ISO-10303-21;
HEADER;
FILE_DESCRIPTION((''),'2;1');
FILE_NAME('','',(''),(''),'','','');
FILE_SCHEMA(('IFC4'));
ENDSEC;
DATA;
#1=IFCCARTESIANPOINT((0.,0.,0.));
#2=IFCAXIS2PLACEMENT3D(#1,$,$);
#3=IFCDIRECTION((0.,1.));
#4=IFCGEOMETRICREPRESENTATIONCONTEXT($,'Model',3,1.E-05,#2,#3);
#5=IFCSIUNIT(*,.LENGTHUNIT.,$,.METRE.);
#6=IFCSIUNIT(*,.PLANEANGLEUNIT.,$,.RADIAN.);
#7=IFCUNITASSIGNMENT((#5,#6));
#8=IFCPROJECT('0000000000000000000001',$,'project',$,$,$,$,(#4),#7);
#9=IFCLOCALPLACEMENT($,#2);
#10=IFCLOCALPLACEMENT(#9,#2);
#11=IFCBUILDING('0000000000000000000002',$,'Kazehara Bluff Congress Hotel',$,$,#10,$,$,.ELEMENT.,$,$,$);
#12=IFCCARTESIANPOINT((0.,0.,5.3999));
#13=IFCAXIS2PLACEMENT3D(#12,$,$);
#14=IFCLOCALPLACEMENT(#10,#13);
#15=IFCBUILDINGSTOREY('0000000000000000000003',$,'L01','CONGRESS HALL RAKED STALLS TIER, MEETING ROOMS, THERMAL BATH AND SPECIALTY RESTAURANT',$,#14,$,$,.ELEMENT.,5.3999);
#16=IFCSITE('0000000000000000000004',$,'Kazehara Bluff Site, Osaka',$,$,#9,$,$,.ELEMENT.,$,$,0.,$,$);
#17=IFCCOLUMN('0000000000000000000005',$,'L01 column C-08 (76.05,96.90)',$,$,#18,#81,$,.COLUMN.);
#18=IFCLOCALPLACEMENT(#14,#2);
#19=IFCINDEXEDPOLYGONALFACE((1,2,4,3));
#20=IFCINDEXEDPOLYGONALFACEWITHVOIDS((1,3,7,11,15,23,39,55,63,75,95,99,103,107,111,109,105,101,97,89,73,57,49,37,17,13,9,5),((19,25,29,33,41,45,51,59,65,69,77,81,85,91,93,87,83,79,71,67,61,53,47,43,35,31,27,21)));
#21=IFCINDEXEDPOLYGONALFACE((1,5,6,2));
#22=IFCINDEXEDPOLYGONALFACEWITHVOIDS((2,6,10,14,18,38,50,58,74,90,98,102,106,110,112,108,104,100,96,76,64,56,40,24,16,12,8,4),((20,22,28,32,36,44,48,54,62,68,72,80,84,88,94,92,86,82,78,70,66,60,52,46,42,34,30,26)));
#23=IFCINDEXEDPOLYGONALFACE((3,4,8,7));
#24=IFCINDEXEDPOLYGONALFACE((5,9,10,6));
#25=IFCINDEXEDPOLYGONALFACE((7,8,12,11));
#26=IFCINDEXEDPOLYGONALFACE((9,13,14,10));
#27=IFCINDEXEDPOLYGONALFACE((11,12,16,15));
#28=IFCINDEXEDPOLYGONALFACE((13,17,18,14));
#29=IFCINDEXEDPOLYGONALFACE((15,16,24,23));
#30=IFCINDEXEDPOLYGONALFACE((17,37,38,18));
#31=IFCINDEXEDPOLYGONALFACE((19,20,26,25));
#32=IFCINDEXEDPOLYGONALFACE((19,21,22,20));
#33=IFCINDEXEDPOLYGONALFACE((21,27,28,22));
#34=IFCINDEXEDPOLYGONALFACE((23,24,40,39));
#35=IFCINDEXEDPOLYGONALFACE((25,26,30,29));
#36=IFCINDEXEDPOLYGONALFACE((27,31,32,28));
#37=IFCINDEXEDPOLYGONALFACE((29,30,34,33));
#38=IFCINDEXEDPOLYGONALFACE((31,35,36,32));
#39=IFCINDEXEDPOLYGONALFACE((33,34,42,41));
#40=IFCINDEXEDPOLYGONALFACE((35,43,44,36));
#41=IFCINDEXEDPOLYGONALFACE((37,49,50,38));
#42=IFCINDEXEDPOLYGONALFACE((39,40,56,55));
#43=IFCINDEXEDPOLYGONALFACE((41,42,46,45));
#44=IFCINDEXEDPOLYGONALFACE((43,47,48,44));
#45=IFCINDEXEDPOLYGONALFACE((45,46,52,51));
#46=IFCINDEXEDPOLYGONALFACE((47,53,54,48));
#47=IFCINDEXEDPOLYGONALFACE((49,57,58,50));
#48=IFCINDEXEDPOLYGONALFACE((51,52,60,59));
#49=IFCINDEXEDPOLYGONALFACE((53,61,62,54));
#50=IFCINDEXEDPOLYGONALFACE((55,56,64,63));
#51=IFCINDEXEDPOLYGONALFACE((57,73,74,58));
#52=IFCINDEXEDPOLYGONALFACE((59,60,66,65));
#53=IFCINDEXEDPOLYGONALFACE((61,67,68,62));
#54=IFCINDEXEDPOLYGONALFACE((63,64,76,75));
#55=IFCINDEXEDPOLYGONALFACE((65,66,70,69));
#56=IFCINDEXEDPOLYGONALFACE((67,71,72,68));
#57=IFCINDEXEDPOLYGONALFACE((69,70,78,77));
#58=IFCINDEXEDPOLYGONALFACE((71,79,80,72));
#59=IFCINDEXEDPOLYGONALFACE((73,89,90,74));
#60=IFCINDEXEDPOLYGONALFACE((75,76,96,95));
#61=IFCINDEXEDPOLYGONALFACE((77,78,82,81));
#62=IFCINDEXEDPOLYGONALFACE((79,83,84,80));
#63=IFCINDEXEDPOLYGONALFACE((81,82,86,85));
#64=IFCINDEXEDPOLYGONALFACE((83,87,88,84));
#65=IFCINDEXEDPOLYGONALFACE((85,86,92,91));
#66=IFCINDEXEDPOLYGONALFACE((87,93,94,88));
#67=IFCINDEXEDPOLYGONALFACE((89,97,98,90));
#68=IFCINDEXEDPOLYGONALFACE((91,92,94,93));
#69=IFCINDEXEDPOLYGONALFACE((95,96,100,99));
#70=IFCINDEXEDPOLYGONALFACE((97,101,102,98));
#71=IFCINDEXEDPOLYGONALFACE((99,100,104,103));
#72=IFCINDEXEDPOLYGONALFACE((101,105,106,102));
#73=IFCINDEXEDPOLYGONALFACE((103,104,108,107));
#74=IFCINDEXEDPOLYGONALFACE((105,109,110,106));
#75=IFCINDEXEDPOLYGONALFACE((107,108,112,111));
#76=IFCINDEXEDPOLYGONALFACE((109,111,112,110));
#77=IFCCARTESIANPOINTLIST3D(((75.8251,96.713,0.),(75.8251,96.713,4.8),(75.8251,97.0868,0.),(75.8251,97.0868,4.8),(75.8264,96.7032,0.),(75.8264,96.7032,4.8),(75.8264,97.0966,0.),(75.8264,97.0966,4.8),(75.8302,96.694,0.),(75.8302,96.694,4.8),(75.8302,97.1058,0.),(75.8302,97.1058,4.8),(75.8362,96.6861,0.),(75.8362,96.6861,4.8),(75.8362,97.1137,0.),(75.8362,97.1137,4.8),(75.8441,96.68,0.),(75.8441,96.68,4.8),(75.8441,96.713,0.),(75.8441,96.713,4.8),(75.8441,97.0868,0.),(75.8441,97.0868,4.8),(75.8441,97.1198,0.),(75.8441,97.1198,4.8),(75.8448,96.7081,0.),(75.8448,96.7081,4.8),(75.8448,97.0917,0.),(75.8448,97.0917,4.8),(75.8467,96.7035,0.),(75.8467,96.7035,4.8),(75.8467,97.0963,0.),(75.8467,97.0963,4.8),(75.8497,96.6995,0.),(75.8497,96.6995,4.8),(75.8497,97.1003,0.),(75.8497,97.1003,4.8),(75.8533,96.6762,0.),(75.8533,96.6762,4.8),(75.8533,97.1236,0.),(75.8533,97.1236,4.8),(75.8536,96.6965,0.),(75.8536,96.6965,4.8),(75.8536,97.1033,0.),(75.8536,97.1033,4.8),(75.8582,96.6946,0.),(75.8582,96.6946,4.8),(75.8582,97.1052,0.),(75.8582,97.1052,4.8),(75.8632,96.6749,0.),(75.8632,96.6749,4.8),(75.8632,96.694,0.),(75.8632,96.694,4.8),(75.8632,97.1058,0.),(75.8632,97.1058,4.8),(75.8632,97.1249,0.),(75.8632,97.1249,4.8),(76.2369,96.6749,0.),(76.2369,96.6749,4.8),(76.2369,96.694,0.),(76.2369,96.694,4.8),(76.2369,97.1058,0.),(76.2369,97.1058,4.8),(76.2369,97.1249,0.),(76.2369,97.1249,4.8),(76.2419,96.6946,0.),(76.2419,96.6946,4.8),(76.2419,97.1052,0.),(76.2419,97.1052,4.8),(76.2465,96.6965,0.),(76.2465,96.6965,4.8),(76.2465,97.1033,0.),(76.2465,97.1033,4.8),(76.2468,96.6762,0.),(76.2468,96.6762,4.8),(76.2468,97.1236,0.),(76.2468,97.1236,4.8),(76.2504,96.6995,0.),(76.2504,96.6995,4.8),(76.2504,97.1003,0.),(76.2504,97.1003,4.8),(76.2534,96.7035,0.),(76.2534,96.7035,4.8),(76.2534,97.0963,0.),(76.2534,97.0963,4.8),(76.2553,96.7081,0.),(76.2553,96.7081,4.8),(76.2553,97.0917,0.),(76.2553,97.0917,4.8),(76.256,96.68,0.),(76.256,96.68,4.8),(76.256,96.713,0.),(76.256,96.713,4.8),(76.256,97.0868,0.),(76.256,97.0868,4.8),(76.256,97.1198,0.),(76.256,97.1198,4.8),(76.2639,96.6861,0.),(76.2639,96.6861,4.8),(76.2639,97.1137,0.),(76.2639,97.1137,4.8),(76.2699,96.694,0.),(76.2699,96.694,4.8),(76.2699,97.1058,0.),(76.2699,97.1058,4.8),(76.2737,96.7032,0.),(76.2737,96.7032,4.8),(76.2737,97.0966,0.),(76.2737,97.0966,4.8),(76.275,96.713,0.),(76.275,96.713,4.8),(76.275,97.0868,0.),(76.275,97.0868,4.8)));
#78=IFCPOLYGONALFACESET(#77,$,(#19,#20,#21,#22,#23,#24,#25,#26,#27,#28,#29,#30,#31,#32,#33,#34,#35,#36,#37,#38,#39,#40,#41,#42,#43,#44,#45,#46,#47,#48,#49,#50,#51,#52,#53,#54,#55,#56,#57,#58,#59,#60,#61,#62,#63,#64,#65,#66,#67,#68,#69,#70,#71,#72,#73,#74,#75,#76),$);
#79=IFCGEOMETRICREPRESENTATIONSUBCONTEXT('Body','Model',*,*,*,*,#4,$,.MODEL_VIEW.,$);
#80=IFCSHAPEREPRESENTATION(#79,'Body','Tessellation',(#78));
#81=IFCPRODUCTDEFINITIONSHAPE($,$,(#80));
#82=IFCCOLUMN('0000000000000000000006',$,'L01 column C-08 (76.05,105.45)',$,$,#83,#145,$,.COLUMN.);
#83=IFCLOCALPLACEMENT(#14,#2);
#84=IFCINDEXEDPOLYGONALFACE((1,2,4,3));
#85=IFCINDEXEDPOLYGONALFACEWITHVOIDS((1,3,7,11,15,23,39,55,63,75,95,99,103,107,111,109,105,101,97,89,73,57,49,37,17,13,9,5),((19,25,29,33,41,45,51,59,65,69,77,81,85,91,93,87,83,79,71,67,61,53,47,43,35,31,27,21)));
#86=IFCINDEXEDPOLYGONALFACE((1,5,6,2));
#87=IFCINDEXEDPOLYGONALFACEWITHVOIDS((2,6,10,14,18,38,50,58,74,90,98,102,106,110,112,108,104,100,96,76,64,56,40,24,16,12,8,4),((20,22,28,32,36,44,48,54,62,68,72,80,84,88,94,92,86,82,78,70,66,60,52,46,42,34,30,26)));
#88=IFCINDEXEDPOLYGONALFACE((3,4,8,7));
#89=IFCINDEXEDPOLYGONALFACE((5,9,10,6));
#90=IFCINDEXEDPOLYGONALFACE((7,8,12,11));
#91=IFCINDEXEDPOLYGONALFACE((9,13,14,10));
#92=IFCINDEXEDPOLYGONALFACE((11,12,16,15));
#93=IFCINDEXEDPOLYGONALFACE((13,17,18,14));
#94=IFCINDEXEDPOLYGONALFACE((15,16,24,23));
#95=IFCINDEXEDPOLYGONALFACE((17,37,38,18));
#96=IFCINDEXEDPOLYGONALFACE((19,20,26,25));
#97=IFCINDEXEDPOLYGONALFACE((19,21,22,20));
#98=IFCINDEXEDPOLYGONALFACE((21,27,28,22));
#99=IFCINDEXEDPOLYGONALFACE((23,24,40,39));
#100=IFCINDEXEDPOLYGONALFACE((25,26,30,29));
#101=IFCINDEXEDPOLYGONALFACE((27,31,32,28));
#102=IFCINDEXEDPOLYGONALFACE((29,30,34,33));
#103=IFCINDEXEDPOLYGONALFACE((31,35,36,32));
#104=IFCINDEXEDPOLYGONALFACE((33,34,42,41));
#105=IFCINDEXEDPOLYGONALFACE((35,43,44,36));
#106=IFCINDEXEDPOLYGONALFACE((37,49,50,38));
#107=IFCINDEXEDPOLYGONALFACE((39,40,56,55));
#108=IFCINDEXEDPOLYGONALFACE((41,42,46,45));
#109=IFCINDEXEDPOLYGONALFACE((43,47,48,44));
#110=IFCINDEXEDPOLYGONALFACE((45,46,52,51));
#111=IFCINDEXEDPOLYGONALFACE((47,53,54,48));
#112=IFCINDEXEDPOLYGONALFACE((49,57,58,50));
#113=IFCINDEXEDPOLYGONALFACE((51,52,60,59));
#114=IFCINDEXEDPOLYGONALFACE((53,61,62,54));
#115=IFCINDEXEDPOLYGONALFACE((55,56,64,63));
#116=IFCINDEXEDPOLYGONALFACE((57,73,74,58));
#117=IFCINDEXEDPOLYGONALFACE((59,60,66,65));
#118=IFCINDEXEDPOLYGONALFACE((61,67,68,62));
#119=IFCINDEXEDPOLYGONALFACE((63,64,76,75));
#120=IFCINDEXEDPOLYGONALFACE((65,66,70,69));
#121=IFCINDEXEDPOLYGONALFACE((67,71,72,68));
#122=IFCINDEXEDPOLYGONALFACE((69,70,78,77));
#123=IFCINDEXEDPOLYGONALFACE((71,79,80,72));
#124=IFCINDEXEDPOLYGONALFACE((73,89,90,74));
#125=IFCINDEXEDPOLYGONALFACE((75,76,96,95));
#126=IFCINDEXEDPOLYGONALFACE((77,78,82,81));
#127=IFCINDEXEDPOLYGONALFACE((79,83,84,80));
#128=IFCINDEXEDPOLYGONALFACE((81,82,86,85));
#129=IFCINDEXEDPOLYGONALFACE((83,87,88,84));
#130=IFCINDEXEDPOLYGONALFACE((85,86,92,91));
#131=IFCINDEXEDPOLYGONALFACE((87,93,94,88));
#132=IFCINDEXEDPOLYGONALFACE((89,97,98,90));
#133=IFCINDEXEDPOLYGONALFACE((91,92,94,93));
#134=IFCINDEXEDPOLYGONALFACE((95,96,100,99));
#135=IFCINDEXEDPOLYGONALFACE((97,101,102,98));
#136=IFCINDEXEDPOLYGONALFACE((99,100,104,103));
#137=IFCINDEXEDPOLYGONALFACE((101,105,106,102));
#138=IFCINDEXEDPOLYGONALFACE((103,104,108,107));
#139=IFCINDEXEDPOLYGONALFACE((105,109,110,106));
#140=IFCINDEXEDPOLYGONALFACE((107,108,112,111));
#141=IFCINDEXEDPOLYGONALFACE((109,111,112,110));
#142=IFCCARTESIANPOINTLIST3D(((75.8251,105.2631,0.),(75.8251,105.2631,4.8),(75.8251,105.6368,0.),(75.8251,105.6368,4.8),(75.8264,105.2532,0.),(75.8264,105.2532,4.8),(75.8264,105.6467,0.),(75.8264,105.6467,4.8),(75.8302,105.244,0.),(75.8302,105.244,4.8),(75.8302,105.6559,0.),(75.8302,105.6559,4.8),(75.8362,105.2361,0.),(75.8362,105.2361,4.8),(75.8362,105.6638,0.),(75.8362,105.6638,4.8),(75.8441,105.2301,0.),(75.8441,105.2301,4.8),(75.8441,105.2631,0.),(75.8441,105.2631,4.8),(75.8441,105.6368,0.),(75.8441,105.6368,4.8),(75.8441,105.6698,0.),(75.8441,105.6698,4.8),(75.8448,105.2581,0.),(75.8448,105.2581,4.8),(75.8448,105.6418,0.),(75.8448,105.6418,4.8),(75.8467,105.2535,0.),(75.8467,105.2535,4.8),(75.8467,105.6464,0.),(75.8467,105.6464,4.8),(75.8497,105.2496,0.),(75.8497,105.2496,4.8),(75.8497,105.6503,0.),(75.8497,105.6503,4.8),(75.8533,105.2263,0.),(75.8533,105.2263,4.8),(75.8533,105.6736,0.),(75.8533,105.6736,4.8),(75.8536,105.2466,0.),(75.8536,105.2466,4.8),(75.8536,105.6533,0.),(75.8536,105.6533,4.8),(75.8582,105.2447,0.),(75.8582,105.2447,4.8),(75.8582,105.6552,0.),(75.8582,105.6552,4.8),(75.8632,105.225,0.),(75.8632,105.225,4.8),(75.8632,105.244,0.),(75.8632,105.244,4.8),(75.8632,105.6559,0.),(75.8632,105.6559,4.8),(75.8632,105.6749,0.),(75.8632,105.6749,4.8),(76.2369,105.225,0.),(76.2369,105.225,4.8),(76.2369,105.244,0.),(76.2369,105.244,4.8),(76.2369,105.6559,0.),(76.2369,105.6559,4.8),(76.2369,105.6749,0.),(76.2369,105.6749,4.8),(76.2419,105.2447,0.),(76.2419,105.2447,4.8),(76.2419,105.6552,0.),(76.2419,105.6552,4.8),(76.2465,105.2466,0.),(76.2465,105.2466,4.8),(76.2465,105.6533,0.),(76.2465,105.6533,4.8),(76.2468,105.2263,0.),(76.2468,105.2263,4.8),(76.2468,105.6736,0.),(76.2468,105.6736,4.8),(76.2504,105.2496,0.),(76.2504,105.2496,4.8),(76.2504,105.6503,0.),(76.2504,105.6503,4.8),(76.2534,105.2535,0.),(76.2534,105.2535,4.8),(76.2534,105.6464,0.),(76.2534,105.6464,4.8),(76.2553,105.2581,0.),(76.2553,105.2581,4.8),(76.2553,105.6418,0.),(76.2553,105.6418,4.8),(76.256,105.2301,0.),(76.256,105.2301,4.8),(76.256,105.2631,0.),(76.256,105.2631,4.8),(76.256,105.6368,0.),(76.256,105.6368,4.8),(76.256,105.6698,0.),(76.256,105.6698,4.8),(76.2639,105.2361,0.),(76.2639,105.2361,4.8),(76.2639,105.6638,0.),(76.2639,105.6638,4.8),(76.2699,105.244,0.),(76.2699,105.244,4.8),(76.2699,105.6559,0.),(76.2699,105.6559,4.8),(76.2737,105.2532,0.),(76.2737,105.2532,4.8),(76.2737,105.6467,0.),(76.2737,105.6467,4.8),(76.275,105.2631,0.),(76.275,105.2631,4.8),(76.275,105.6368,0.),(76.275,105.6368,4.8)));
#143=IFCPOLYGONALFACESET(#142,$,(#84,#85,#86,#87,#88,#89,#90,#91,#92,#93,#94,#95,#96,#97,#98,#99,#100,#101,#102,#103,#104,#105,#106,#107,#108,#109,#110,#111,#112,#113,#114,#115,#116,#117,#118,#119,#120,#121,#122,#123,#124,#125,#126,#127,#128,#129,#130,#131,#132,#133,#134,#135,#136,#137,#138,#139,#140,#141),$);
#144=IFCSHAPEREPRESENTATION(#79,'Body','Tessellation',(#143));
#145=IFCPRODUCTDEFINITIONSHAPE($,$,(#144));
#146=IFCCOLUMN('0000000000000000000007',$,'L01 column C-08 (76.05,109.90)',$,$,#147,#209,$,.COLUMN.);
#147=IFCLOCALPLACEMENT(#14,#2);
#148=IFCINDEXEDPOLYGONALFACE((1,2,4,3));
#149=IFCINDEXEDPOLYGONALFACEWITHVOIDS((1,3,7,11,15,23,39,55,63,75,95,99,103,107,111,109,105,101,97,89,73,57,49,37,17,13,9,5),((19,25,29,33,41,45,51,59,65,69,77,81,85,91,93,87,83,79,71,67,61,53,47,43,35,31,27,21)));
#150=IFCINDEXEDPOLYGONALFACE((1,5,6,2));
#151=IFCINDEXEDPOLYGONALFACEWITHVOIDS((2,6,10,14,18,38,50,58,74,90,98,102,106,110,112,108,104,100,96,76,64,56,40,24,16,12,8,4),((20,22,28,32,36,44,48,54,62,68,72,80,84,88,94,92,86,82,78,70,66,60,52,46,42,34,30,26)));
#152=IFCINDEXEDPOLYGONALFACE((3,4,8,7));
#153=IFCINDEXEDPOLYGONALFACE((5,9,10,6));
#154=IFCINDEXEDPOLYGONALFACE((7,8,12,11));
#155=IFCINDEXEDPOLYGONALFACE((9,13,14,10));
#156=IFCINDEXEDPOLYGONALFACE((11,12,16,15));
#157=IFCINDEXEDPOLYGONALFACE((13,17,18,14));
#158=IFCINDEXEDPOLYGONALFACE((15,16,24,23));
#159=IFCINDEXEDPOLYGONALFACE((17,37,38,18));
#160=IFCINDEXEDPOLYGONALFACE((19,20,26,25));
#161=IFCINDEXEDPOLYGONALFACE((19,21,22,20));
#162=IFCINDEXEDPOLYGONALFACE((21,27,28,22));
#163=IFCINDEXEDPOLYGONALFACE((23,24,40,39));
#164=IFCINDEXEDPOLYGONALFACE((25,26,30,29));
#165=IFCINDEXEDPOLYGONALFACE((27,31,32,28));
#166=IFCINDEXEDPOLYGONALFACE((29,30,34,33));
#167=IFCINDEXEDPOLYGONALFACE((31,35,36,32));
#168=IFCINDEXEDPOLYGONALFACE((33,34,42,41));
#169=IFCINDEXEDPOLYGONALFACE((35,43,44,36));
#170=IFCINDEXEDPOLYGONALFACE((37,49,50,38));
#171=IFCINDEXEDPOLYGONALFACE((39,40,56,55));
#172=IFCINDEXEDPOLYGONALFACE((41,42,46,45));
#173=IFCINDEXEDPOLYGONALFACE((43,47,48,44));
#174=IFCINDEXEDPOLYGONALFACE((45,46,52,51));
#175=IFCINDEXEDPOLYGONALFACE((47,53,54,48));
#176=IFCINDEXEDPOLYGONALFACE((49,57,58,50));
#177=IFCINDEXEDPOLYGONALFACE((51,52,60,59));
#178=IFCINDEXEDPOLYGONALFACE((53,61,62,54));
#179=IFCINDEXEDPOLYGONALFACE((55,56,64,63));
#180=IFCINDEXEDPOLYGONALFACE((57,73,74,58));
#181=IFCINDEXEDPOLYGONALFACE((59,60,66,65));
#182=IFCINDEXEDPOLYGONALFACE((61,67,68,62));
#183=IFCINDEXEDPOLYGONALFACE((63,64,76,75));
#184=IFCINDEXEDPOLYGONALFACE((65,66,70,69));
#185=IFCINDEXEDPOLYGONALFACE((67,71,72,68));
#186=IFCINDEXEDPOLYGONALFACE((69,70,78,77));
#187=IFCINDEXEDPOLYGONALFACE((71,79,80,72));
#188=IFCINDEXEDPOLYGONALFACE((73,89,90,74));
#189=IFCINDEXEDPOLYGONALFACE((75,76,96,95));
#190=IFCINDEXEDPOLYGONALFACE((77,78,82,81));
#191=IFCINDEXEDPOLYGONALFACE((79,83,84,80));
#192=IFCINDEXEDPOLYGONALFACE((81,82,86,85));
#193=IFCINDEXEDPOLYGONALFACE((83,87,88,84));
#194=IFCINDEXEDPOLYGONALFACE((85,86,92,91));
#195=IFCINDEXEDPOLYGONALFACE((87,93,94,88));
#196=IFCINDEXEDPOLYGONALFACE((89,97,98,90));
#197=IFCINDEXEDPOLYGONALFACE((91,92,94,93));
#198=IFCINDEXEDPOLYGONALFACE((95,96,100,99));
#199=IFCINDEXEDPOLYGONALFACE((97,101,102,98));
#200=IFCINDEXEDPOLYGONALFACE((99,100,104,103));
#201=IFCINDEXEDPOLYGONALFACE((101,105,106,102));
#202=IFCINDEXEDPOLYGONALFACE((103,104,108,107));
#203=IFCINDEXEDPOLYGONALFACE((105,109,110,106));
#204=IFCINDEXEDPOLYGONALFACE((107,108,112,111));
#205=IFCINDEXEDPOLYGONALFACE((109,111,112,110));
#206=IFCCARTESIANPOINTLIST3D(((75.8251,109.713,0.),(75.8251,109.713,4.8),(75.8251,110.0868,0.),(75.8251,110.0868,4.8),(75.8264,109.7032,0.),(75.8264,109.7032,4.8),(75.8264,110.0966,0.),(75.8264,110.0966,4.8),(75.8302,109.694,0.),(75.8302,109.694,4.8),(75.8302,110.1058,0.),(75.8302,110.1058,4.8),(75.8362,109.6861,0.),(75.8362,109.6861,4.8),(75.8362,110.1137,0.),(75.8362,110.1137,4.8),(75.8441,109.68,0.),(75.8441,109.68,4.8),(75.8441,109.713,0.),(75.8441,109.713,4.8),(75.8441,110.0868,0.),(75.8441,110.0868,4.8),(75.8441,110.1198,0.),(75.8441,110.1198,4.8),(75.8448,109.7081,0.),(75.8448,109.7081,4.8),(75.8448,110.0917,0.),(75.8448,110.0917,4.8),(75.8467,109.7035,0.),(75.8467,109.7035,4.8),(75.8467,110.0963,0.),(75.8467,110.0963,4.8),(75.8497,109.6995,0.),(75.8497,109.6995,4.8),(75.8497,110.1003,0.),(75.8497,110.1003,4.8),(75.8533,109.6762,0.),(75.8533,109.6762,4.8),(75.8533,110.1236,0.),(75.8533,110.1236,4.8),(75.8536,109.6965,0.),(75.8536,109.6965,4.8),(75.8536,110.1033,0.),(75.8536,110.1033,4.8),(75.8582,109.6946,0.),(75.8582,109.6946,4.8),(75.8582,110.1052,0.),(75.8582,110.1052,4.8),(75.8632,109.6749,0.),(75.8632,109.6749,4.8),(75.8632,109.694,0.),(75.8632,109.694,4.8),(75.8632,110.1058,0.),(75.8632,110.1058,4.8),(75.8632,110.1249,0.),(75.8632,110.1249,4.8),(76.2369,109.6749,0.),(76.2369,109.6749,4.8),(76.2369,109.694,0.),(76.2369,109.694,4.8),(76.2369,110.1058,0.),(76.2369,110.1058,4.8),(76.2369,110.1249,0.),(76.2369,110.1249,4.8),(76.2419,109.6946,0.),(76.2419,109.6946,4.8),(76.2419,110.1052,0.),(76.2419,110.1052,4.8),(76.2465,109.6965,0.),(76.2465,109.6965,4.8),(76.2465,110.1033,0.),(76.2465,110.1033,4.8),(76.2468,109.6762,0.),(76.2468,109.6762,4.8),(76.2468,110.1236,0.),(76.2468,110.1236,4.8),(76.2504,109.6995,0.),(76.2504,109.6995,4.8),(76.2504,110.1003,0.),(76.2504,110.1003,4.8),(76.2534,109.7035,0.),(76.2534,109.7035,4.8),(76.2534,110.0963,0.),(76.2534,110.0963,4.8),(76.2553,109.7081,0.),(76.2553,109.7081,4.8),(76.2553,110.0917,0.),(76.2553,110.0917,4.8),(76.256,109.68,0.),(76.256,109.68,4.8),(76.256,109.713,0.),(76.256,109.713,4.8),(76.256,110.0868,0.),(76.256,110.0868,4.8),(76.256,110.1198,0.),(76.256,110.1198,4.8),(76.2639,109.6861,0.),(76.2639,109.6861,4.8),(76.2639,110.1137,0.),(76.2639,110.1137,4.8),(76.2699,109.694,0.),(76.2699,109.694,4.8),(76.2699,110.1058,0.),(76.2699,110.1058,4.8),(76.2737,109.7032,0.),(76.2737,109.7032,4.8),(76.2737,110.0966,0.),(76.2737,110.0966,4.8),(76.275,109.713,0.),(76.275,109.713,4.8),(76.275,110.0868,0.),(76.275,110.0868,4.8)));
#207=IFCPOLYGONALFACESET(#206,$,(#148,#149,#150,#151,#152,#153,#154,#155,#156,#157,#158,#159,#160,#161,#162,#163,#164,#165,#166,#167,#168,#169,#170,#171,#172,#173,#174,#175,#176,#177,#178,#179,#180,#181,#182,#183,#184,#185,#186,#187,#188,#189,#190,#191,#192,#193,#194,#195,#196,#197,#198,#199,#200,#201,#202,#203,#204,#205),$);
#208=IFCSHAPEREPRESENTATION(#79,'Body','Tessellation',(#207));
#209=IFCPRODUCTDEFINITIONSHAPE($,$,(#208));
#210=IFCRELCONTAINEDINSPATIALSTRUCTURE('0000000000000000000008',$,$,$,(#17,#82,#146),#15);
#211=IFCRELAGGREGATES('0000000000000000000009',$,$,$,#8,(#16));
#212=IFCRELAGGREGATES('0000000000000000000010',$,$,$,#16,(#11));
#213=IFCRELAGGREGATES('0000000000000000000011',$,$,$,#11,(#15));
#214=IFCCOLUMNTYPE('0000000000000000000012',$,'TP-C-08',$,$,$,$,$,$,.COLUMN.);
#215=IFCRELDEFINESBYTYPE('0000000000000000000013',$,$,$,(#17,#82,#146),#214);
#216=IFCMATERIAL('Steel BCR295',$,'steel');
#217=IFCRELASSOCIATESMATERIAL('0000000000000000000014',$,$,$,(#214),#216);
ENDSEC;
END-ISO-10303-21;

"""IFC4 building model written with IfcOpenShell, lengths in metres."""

from ifc_helpers import new_model, si_unit, direction, frame, origin, origin_2d, place, context, subcontext, project, spatial, hollow_rectangle, extrude, material, material_profile, profile_set, type_object, element, save


model = new_model("IFC4")

# Units and contexts
model_context = context("Model", 3, precision=1e-05, world=origin(), true_north=direction((0.0, 1.0)))
body_context = subcontext(model_context, "Body", "Model", "MODEL_VIEW")
ifc_project = project(units=[si_unit("LENGTHUNIT", "METRE"), si_unit("PLANEANGLEUNIT", "RADIAN")], contexts=[model_context])

# Site, building, storey
site_placement = place(None, origin())
site = spatial("IfcSite", under=ifc_project, at=site_placement, Name="Kazehara Bluff Site, Osaka", CompositionType="ELEMENT", RefElevation=0.0)
building_placement = place(site_placement, origin())
building = spatial("IfcBuilding", under=site, at=building_placement, Name="Kazehara Bluff Congress Hotel", CompositionType="ELEMENT")
storey_placement = place(building_placement, frame((0.0, 0.0, 5.3999)))
storey = spatial("IfcBuildingStorey", under=building, at=storey_placement, Name="L01", Description="CONGRESS HALL RAKED STALLS TIER, MEETING ROOMS, THERMAL BATH AND SPECIALTY RESTAURANT", CompositionType="ELEMENT", Elevation=5.3999)

# Columns
ifc_material_1 = material(Name="Steel BCR295", Category="steel")
ifc_material_profile_1 = material_profile(ifc_material_1, hollow_rectangle(XDim=0.45, YDim=0.45, WallThickness=0.019, InnerFilletRadius=0.019, OuterFilletRadius=0.0381, at=origin_2d()))
ifc_profile_set_1 = profile_set([ifc_material_profile_1], Name="Steel BCR295")
column_type = type_object("IfcColumnType", Name="TP-C-08", PredefinedType="COLUMN", material=ifc_profile_set_1)
for number, where, z_axis, x_axis, name in (
    (1, (76.05, 96.8999, 0.0), (0.0, 0.0, 1.0), (1.0, 0.0, 0.0), "L01 column C-08 (76.05,96.90)"),
    (2, (76.05, 105.45, 0.0), (0.0, 0.0, 1.0), (1.0, 0.0, 0.0), "L01 column C-08 (76.05,105.45)"),
    (3, (76.05, 109.8999, 0.0), (0.0, 0.0, 1.0), (1.0, 0.0, 0.0), "L01 column C-08 (76.05,109.90)"),
):
    element("IfcColumn", number, at=place(storey_placement, frame(where, z_axis=z_axis, x_axis=x_axis)), inside=storey, type_object=column_type, Name=name, PredefinedType="COLUMN", context=body_context, shape_type="SweptSolid", body=[
        extrude(hollow_rectangle(XDim=0.45, YDim=0.45, WallThickness=0.019, InnerFilletRadius=0.019, OuterFilletRadius=0.0381, at=origin_2d()), origin(), (0.0, 0.0, 1.0), 4.8),
    ])

save(model, "model.ifc")
